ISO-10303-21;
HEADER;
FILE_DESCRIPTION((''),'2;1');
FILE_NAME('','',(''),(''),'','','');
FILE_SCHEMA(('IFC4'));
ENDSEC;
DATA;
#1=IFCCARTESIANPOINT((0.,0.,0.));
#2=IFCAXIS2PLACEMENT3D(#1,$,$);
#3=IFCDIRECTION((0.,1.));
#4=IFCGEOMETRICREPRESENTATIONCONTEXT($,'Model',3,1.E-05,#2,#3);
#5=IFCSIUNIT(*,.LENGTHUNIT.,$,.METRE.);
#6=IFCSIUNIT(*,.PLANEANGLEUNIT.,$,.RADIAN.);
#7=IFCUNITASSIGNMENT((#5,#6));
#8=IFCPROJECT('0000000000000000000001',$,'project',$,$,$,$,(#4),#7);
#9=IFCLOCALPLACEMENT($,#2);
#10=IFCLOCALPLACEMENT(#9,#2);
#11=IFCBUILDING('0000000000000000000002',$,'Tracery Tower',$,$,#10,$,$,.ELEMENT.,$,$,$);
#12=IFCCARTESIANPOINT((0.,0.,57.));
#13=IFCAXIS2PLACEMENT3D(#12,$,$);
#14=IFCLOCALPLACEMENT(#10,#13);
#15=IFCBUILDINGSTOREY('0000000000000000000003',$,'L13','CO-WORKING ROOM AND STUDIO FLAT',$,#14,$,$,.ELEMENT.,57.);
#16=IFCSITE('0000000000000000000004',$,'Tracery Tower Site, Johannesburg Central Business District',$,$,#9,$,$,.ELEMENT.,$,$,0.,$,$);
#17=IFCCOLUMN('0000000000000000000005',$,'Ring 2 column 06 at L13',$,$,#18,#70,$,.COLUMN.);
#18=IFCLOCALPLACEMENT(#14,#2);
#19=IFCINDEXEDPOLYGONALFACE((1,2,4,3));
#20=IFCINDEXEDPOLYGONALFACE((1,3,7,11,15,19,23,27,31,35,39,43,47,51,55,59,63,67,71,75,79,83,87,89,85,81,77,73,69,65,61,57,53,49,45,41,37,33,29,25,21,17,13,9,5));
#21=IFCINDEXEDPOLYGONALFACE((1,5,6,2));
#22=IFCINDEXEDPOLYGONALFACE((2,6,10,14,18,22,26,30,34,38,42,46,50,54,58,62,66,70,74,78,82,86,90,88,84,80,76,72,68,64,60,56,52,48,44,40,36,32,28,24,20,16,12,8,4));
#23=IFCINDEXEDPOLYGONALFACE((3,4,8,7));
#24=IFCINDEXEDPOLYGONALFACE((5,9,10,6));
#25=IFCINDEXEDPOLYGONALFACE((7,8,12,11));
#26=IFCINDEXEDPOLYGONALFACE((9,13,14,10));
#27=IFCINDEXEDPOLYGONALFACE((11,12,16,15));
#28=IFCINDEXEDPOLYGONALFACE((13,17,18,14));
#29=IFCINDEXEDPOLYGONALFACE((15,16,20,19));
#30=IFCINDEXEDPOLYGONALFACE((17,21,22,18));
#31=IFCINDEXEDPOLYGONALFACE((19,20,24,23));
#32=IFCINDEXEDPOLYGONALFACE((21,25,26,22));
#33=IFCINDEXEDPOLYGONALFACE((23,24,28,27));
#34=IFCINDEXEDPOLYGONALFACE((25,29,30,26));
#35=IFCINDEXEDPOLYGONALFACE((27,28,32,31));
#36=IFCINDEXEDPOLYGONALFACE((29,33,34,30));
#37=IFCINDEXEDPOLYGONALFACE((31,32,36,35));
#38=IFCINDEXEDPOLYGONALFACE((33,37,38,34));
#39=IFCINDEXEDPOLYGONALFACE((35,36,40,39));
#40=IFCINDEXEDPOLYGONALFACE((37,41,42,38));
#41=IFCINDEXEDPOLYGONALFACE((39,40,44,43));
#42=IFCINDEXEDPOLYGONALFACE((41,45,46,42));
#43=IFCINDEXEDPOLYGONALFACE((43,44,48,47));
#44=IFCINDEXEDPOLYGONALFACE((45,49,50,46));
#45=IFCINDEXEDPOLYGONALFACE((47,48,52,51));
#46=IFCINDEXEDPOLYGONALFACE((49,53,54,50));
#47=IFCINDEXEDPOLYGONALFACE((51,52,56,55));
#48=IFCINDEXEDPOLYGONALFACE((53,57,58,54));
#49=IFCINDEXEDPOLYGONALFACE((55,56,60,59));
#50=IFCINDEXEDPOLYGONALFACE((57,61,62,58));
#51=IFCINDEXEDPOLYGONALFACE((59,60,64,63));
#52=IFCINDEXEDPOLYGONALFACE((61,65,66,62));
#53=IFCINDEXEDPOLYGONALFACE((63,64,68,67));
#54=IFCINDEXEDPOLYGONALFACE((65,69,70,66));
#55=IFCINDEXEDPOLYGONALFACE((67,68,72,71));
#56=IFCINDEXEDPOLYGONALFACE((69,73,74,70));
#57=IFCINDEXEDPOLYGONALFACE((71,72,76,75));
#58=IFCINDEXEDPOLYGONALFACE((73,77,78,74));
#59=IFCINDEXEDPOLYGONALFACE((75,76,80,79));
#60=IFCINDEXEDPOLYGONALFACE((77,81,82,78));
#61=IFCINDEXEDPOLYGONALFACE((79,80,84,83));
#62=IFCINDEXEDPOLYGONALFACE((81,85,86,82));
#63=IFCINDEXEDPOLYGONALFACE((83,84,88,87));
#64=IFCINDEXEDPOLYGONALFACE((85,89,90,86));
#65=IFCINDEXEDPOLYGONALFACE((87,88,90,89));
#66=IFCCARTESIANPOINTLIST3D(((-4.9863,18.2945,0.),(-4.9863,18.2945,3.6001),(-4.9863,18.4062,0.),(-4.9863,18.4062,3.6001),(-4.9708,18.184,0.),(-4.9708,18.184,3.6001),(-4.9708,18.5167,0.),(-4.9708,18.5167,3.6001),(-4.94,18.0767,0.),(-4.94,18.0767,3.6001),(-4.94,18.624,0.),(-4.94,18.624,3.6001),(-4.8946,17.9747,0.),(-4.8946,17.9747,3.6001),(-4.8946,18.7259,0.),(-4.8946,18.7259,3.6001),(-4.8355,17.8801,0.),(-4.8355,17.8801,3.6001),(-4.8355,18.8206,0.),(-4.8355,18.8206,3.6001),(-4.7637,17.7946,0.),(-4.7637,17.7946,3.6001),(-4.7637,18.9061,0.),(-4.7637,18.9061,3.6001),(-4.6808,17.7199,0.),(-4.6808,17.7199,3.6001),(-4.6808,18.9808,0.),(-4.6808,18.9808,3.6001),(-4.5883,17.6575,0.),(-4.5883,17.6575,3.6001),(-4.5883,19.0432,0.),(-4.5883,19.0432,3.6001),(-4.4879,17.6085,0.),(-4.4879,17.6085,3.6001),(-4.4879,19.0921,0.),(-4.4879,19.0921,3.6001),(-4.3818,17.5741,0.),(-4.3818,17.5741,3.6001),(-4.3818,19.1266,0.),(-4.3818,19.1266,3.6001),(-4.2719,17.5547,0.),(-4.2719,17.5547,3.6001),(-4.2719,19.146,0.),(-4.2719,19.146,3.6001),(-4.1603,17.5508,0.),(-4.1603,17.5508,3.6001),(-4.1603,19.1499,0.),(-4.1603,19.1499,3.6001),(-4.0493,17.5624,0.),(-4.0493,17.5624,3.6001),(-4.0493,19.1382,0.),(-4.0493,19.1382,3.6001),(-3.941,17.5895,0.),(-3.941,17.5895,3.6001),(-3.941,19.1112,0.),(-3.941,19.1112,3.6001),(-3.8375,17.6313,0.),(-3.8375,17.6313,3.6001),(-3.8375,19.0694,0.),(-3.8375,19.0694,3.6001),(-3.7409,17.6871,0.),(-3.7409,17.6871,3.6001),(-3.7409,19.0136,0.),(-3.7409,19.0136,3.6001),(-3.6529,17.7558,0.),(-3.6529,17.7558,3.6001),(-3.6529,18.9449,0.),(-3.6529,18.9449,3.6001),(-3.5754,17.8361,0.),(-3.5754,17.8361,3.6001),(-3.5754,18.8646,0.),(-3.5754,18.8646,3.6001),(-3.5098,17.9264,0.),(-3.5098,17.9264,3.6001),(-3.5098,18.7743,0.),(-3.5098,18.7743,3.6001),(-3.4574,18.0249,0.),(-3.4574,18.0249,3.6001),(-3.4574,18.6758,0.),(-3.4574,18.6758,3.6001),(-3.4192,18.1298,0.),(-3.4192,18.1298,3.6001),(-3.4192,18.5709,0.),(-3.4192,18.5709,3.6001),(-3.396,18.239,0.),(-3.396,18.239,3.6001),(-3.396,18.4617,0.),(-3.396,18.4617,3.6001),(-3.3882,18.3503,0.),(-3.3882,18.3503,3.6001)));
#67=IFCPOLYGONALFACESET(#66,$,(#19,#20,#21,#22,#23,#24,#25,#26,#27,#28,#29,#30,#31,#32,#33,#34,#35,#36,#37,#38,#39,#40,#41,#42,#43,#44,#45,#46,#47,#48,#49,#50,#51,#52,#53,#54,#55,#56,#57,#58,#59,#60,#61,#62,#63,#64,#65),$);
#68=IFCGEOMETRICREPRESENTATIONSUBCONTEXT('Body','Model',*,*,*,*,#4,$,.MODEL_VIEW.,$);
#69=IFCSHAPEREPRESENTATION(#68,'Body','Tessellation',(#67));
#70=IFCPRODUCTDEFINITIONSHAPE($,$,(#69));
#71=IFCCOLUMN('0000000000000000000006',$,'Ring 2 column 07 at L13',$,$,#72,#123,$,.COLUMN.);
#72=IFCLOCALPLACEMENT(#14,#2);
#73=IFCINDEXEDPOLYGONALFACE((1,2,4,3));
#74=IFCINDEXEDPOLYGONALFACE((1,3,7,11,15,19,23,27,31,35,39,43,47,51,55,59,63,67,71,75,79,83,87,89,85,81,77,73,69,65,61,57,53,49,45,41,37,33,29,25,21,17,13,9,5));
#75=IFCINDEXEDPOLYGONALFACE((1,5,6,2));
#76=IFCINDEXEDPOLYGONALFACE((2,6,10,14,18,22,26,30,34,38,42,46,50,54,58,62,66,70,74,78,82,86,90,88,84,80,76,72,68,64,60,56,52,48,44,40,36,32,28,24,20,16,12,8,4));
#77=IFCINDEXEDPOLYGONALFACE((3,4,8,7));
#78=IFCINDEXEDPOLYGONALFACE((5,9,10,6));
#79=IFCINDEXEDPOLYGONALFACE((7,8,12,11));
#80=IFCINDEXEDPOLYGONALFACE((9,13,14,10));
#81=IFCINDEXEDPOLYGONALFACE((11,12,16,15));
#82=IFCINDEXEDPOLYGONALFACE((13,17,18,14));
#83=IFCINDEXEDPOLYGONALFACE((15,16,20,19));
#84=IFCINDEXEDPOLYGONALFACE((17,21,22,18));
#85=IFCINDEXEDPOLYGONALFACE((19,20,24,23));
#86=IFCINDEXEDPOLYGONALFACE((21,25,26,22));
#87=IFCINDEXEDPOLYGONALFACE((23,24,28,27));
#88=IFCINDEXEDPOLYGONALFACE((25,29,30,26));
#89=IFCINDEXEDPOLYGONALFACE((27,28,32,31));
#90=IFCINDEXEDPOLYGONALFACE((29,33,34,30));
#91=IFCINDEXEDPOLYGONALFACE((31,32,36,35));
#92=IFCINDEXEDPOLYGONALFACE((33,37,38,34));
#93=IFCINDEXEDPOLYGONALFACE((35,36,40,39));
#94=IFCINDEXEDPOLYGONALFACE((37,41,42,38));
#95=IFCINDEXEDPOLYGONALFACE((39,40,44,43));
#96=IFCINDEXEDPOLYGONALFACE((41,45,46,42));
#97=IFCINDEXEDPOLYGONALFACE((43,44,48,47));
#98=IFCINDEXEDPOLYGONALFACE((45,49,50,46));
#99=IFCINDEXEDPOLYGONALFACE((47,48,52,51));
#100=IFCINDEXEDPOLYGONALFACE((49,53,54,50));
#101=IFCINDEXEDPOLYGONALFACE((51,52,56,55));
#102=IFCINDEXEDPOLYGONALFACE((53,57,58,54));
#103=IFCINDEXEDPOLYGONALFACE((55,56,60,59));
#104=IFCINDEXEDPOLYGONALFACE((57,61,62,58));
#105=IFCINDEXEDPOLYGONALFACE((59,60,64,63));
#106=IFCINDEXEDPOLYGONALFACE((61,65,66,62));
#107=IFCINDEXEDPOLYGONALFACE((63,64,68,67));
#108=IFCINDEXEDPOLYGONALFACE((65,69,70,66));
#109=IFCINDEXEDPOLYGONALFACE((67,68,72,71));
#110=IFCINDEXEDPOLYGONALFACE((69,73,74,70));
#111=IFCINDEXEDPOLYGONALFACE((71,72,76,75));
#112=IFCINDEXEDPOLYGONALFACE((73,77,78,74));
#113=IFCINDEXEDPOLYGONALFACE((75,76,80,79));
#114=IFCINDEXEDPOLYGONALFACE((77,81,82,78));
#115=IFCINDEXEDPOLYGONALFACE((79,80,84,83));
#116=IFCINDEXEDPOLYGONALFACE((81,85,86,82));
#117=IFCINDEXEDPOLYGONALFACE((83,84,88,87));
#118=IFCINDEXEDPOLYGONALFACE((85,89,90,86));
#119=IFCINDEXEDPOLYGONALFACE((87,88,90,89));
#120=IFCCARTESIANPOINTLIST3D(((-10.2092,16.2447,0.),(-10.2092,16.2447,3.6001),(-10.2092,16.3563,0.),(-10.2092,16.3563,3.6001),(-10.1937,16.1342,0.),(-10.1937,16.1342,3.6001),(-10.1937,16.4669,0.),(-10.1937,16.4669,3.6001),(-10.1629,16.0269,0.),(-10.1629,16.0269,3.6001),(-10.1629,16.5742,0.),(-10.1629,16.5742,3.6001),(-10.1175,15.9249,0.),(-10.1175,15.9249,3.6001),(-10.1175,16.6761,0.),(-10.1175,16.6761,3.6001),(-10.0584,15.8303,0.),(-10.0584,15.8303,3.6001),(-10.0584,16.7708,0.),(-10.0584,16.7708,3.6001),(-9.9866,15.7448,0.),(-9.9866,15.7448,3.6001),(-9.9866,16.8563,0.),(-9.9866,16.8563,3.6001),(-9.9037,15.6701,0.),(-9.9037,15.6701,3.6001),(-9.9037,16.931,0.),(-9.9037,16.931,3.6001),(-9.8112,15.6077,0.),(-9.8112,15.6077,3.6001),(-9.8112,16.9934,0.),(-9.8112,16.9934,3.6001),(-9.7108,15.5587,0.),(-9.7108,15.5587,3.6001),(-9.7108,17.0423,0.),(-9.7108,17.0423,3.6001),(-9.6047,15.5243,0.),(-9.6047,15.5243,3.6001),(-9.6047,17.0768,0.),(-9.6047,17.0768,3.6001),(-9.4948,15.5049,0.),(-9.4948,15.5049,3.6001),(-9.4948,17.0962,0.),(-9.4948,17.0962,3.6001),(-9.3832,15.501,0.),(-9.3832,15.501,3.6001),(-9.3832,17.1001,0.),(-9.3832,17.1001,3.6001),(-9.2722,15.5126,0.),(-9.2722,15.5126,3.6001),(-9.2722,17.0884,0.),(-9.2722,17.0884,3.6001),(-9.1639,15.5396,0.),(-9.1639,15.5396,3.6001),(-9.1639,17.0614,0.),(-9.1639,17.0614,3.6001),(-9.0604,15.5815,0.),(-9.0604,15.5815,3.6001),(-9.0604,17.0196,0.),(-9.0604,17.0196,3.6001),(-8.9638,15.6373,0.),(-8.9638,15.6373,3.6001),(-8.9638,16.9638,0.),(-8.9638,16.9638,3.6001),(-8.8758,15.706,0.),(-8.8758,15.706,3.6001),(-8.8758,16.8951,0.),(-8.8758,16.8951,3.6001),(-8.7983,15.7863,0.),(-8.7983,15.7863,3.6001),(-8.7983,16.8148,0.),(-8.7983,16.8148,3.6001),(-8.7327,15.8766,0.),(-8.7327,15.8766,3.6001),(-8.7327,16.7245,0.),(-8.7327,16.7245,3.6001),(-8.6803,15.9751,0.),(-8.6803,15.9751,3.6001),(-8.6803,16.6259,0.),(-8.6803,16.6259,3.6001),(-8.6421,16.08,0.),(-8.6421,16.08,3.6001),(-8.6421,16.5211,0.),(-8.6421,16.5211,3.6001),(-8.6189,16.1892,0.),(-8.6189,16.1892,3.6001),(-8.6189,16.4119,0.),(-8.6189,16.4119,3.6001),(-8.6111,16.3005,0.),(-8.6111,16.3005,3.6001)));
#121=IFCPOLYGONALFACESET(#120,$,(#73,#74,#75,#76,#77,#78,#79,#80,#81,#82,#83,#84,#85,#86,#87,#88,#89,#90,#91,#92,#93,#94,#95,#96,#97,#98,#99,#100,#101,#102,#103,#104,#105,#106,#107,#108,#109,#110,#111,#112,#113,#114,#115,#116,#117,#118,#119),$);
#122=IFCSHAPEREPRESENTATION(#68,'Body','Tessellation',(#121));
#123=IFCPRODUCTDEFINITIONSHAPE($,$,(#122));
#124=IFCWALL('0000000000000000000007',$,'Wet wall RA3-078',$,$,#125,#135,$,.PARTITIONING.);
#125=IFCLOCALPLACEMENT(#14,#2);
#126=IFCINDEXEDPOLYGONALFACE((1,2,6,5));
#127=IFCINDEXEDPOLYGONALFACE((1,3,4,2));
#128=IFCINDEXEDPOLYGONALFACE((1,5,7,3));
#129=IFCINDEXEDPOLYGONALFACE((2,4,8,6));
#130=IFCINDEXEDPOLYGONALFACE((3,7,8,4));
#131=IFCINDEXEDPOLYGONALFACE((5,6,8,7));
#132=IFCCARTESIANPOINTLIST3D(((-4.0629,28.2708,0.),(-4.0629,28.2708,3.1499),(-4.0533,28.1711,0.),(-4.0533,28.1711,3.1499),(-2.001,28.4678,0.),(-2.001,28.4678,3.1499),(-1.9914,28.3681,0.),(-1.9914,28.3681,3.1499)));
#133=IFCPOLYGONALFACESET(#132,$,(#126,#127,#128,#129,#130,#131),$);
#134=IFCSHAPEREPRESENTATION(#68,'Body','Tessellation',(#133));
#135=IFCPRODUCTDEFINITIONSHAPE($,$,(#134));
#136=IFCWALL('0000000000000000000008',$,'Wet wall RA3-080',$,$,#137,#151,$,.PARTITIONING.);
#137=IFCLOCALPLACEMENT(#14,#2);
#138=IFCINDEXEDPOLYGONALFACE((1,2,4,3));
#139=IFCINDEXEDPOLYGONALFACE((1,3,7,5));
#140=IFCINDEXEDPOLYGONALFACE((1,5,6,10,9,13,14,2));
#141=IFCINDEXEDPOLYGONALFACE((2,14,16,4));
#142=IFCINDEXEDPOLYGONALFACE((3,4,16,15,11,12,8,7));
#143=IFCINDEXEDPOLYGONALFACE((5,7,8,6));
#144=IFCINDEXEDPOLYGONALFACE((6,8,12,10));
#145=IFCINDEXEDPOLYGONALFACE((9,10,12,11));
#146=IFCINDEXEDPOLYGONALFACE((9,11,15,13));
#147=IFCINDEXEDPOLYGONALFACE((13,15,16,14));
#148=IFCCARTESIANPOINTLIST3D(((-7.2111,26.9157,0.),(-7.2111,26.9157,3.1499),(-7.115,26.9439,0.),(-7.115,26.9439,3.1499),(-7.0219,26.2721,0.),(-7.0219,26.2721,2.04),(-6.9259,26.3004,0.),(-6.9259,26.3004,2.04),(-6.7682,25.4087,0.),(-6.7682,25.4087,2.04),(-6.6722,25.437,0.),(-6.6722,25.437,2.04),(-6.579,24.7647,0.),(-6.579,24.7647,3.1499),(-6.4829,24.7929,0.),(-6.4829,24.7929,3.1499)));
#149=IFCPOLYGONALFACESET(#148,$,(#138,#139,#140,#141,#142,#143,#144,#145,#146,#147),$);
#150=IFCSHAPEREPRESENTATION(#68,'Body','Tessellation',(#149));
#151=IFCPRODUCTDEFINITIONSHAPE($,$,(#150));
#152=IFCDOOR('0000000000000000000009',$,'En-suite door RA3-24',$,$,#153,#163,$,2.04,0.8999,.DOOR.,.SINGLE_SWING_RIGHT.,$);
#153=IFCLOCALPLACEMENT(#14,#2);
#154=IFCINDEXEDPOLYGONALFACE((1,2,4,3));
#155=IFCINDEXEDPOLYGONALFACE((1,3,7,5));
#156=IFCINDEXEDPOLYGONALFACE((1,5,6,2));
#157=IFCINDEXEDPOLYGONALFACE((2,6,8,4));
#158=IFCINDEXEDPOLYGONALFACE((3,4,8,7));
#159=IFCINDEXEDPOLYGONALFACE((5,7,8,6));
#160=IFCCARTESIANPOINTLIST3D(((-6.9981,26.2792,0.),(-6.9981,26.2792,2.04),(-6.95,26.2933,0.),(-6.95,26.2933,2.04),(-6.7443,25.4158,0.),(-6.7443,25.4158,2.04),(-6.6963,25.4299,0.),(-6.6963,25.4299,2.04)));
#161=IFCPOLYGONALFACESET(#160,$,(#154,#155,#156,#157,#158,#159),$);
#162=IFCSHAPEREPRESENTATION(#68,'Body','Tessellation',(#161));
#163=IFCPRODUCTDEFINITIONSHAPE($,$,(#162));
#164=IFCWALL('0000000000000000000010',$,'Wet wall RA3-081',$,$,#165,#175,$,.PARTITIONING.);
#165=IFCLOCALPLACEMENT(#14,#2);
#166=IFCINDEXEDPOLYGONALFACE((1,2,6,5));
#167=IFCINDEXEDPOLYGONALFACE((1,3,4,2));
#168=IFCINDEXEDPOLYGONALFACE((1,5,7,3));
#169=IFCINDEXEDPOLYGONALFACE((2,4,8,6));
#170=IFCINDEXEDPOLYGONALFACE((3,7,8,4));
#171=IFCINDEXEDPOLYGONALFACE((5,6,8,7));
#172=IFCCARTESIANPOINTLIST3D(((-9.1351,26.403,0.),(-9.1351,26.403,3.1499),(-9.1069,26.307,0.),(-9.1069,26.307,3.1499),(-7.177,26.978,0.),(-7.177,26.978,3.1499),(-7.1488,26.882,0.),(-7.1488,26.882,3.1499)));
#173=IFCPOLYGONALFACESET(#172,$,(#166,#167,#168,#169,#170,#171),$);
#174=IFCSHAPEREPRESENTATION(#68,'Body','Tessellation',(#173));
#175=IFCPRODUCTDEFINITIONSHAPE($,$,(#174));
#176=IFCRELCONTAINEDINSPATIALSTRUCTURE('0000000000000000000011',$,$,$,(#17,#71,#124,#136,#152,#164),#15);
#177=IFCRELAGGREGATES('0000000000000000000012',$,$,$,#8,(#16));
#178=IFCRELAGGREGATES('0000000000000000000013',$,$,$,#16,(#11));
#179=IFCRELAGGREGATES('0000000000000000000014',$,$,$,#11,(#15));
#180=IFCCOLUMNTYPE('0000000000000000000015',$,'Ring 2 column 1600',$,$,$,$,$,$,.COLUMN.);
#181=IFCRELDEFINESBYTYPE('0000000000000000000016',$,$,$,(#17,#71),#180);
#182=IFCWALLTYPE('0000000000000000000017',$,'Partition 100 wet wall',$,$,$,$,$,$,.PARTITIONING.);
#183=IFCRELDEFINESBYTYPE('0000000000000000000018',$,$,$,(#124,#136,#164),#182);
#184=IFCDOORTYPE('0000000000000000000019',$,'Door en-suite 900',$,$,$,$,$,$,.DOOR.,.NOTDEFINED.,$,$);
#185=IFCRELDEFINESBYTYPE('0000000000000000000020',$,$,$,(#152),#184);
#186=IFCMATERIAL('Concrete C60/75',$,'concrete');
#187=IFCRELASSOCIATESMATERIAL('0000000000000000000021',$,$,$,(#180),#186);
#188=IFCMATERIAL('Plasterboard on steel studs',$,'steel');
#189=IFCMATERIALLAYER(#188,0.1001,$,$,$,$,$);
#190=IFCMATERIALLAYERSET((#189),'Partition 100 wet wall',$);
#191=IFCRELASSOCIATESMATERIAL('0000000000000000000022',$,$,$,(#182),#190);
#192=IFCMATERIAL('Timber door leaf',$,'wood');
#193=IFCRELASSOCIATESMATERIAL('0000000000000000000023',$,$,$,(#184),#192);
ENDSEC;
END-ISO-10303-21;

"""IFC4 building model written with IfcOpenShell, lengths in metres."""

from ifc_helpers import new_model, si_unit, direction, frame, frame_2d, origin, origin_2d, place, context, subcontext, project, spatial, rectangle, circle, extrude, material, layer, layer_set, material_profile, profile_set, type_object, element, fill, save


model = new_model("IFC4")

# Units and contexts
model_context = context("Model", 3, precision=1e-05, world=origin(), true_north=direction((0.0, 1.0)))
body_context = subcontext(model_context, "Body", "Model", "MODEL_VIEW")
ifc_project = project(units=[si_unit("LENGTHUNIT", "METRE"), si_unit("PLANEANGLEUNIT", "RADIAN")], contexts=[model_context])

# Site, building, storey
site_placement = place(None, origin())
site = spatial("IfcSite", under=ifc_project, at=site_placement, Name="Tracery Tower Site, Johannesburg Central Business District", CompositionType="ELEMENT", RefElevation=0.0)
building_placement = place(site_placement, origin())
building = spatial("IfcBuilding", under=site, at=building_placement, Name="Tracery Tower", CompositionType="ELEMENT")
storey_placement = place(building_placement, frame((0.0, 0.0, 57.0)))
storey = spatial("IfcBuildingStorey", under=building, at=storey_placement, Name="L13", Description="CO-WORKING ROOM AND STUDIO FLAT", CompositionType="ELEMENT", Elevation=57.0)

# Columns
ifc_material_1 = material(Name="Concrete C60/75", Category="concrete")
ifc_material_profile_1 = material_profile(ifc_material_1, circle(Radius=0.8, at=origin_2d()), Name="RC D1600")
ifc_profile_set_1 = profile_set([ifc_material_profile_1], Name="Concrete C60/75")
column_type_1 = type_object("IfcColumnType", Name="Ring 2 column 1600", PredefinedType="COLUMN", material=ifc_profile_set_1)
for number, where, z_axis, x_axis, name in (
    (1, (-4.1882, 18.3503, 0.0), (0.0, 0.0, 1.0), (1.0, 0.0, 0.0), "Ring 2 column 06 at L13"),
    (2, (-9.4111, 16.3005, 0.0), (0.0, 0.0, 1.0), (1.0, 0.0, 0.0), "Ring 2 column 07 at L13"),
):
    element("IfcColumn", number, at=place(storey_placement, frame(where, z_axis=z_axis, x_axis=x_axis)), inside=storey, type_object=column_type_1, Name=name, PredefinedType="COLUMN", context=body_context, shape_type="SweptSolid", body=[
        extrude(circle(Radius=0.8, at=origin_2d()), origin(), (0.0, 0.0, 1.0), 3.6001),
    ])

# Wall
ifc_material_2 = material(Name="Plasterboard on steel studs", Category="steel")
ifc_layer_1 = layer(ifc_material_2, 0.1001)
ifc_layer_set_1 = layer_set([ifc_layer_1], Name="Partition 100 wet wall")
wall_type_1 = type_object("IfcWallType", Name="Partition 100 wet wall", PredefinedType="PARTITIONING", material=ifc_layer_set_1)
wall_1_placement = place(storey_placement, frame((-4.0581, 28.2209, 0.0), z_axis=(0.0, 0.0, 1.0), x_axis=(0.995466, 0.095115, 0.0)))
element("IfcWall", 3, at=wall_1_placement, inside=storey, type_object=wall_type_1, Name="Wet wall RA3-078", PredefinedType="PARTITIONING", context=body_context, shape_type="SweptSolid", body=[
    extrude(rectangle(XDim=2.0713, YDim=0.1001, at=frame_2d((1.0356, 0.0))), origin(), (0.0, 0.0, 1.0), 3.1499),
])

# Wall, opening, door
wall_2_placement = place(storey_placement, frame((-7.1631, 26.9299, 0.0), z_axis=(0.0, 0.0, 1.0), x_axis=(0.281948, -0.95943, 0.0)))
wall_2 = element("IfcWall", 4, at=wall_2_placement, inside=storey, type_object=wall_type_1, Name="Wet wall RA3-080", PredefinedType="PARTITIONING", context=body_context, shape_type="SweptSolid", body=[
    extrude(rectangle(XDim=2.2419, YDim=0.1001, at=frame_2d((1.1211, 0.0))), origin(), (0.0, 0.0, 1.0), 3.1499),
])
opening_1_placement = place(wall_2_placement, frame((0.6709, 0.0, 0.0)))
opening_1 = element("IfcOpeningElement", 5, at=opening_1_placement, cuts=wall_2, PredefinedType="OPENING", context=body_context, shape_type="SweptSolid", body=[
    extrude(rectangle(XDim=0.8999, YDim=2.04, at=frame_2d((0.45, 1.02))), frame((0.0, 0.05, 0.0), z_axis=(0.0, -1.0, 0.0), x_axis=(1.0, 0.0, 0.0)), (0.0, 0.0, 1.0), 0.1001),
])
ifc_material_3 = material(Name="Timber door leaf", Category="wood")
door_type_1 = type_object("IfcDoorType", Name="Door en-suite 900", OperationType="NOTDEFINED", PredefinedType="DOOR", material=ifc_material_3)
door_1_placement = place(opening_1_placement, origin())
door_1 = element("IfcDoor", 6, at=door_1_placement, inside=storey, type_object=door_type_1, Name="En-suite door RA3-24", OperationType="SINGLE_SWING_RIGHT", OverallHeight=2.04, OverallWidth=0.8999, PredefinedType="DOOR", context=body_context, shape_type="SweptSolid", body=[
    extrude(rectangle(XDim=0.8999, YDim=2.04, at=frame_2d((0.45, 1.02))), frame((0.0, 0.0249, 0.0), z_axis=(0.0, -1.0, 0.0), x_axis=(1.0, 0.0, 0.0)), (0.0, 0.0, 1.0), 0.05),
])
fill(opening_1, door_1)

# Wall
wall_3_placement = place(storey_placement, frame((-9.1211, 26.355, 0.0), z_axis=(0.0, 0.0, 1.0), x_axis=(0.959489, 0.281745, 0.0)))
element("IfcWall", 7, at=wall_3_placement, inside=storey, type_object=wall_type_1, Name="Wet wall RA3-081", PredefinedType="PARTITIONING", context=body_context, shape_type="SweptSolid", body=[
    extrude(rectangle(XDim=2.0408, YDim=0.1001, at=frame_2d((1.0205, 0.0))), origin(), (0.0, 0.0, 1.0), 3.1499),
])

save(model, "model.ifc")
